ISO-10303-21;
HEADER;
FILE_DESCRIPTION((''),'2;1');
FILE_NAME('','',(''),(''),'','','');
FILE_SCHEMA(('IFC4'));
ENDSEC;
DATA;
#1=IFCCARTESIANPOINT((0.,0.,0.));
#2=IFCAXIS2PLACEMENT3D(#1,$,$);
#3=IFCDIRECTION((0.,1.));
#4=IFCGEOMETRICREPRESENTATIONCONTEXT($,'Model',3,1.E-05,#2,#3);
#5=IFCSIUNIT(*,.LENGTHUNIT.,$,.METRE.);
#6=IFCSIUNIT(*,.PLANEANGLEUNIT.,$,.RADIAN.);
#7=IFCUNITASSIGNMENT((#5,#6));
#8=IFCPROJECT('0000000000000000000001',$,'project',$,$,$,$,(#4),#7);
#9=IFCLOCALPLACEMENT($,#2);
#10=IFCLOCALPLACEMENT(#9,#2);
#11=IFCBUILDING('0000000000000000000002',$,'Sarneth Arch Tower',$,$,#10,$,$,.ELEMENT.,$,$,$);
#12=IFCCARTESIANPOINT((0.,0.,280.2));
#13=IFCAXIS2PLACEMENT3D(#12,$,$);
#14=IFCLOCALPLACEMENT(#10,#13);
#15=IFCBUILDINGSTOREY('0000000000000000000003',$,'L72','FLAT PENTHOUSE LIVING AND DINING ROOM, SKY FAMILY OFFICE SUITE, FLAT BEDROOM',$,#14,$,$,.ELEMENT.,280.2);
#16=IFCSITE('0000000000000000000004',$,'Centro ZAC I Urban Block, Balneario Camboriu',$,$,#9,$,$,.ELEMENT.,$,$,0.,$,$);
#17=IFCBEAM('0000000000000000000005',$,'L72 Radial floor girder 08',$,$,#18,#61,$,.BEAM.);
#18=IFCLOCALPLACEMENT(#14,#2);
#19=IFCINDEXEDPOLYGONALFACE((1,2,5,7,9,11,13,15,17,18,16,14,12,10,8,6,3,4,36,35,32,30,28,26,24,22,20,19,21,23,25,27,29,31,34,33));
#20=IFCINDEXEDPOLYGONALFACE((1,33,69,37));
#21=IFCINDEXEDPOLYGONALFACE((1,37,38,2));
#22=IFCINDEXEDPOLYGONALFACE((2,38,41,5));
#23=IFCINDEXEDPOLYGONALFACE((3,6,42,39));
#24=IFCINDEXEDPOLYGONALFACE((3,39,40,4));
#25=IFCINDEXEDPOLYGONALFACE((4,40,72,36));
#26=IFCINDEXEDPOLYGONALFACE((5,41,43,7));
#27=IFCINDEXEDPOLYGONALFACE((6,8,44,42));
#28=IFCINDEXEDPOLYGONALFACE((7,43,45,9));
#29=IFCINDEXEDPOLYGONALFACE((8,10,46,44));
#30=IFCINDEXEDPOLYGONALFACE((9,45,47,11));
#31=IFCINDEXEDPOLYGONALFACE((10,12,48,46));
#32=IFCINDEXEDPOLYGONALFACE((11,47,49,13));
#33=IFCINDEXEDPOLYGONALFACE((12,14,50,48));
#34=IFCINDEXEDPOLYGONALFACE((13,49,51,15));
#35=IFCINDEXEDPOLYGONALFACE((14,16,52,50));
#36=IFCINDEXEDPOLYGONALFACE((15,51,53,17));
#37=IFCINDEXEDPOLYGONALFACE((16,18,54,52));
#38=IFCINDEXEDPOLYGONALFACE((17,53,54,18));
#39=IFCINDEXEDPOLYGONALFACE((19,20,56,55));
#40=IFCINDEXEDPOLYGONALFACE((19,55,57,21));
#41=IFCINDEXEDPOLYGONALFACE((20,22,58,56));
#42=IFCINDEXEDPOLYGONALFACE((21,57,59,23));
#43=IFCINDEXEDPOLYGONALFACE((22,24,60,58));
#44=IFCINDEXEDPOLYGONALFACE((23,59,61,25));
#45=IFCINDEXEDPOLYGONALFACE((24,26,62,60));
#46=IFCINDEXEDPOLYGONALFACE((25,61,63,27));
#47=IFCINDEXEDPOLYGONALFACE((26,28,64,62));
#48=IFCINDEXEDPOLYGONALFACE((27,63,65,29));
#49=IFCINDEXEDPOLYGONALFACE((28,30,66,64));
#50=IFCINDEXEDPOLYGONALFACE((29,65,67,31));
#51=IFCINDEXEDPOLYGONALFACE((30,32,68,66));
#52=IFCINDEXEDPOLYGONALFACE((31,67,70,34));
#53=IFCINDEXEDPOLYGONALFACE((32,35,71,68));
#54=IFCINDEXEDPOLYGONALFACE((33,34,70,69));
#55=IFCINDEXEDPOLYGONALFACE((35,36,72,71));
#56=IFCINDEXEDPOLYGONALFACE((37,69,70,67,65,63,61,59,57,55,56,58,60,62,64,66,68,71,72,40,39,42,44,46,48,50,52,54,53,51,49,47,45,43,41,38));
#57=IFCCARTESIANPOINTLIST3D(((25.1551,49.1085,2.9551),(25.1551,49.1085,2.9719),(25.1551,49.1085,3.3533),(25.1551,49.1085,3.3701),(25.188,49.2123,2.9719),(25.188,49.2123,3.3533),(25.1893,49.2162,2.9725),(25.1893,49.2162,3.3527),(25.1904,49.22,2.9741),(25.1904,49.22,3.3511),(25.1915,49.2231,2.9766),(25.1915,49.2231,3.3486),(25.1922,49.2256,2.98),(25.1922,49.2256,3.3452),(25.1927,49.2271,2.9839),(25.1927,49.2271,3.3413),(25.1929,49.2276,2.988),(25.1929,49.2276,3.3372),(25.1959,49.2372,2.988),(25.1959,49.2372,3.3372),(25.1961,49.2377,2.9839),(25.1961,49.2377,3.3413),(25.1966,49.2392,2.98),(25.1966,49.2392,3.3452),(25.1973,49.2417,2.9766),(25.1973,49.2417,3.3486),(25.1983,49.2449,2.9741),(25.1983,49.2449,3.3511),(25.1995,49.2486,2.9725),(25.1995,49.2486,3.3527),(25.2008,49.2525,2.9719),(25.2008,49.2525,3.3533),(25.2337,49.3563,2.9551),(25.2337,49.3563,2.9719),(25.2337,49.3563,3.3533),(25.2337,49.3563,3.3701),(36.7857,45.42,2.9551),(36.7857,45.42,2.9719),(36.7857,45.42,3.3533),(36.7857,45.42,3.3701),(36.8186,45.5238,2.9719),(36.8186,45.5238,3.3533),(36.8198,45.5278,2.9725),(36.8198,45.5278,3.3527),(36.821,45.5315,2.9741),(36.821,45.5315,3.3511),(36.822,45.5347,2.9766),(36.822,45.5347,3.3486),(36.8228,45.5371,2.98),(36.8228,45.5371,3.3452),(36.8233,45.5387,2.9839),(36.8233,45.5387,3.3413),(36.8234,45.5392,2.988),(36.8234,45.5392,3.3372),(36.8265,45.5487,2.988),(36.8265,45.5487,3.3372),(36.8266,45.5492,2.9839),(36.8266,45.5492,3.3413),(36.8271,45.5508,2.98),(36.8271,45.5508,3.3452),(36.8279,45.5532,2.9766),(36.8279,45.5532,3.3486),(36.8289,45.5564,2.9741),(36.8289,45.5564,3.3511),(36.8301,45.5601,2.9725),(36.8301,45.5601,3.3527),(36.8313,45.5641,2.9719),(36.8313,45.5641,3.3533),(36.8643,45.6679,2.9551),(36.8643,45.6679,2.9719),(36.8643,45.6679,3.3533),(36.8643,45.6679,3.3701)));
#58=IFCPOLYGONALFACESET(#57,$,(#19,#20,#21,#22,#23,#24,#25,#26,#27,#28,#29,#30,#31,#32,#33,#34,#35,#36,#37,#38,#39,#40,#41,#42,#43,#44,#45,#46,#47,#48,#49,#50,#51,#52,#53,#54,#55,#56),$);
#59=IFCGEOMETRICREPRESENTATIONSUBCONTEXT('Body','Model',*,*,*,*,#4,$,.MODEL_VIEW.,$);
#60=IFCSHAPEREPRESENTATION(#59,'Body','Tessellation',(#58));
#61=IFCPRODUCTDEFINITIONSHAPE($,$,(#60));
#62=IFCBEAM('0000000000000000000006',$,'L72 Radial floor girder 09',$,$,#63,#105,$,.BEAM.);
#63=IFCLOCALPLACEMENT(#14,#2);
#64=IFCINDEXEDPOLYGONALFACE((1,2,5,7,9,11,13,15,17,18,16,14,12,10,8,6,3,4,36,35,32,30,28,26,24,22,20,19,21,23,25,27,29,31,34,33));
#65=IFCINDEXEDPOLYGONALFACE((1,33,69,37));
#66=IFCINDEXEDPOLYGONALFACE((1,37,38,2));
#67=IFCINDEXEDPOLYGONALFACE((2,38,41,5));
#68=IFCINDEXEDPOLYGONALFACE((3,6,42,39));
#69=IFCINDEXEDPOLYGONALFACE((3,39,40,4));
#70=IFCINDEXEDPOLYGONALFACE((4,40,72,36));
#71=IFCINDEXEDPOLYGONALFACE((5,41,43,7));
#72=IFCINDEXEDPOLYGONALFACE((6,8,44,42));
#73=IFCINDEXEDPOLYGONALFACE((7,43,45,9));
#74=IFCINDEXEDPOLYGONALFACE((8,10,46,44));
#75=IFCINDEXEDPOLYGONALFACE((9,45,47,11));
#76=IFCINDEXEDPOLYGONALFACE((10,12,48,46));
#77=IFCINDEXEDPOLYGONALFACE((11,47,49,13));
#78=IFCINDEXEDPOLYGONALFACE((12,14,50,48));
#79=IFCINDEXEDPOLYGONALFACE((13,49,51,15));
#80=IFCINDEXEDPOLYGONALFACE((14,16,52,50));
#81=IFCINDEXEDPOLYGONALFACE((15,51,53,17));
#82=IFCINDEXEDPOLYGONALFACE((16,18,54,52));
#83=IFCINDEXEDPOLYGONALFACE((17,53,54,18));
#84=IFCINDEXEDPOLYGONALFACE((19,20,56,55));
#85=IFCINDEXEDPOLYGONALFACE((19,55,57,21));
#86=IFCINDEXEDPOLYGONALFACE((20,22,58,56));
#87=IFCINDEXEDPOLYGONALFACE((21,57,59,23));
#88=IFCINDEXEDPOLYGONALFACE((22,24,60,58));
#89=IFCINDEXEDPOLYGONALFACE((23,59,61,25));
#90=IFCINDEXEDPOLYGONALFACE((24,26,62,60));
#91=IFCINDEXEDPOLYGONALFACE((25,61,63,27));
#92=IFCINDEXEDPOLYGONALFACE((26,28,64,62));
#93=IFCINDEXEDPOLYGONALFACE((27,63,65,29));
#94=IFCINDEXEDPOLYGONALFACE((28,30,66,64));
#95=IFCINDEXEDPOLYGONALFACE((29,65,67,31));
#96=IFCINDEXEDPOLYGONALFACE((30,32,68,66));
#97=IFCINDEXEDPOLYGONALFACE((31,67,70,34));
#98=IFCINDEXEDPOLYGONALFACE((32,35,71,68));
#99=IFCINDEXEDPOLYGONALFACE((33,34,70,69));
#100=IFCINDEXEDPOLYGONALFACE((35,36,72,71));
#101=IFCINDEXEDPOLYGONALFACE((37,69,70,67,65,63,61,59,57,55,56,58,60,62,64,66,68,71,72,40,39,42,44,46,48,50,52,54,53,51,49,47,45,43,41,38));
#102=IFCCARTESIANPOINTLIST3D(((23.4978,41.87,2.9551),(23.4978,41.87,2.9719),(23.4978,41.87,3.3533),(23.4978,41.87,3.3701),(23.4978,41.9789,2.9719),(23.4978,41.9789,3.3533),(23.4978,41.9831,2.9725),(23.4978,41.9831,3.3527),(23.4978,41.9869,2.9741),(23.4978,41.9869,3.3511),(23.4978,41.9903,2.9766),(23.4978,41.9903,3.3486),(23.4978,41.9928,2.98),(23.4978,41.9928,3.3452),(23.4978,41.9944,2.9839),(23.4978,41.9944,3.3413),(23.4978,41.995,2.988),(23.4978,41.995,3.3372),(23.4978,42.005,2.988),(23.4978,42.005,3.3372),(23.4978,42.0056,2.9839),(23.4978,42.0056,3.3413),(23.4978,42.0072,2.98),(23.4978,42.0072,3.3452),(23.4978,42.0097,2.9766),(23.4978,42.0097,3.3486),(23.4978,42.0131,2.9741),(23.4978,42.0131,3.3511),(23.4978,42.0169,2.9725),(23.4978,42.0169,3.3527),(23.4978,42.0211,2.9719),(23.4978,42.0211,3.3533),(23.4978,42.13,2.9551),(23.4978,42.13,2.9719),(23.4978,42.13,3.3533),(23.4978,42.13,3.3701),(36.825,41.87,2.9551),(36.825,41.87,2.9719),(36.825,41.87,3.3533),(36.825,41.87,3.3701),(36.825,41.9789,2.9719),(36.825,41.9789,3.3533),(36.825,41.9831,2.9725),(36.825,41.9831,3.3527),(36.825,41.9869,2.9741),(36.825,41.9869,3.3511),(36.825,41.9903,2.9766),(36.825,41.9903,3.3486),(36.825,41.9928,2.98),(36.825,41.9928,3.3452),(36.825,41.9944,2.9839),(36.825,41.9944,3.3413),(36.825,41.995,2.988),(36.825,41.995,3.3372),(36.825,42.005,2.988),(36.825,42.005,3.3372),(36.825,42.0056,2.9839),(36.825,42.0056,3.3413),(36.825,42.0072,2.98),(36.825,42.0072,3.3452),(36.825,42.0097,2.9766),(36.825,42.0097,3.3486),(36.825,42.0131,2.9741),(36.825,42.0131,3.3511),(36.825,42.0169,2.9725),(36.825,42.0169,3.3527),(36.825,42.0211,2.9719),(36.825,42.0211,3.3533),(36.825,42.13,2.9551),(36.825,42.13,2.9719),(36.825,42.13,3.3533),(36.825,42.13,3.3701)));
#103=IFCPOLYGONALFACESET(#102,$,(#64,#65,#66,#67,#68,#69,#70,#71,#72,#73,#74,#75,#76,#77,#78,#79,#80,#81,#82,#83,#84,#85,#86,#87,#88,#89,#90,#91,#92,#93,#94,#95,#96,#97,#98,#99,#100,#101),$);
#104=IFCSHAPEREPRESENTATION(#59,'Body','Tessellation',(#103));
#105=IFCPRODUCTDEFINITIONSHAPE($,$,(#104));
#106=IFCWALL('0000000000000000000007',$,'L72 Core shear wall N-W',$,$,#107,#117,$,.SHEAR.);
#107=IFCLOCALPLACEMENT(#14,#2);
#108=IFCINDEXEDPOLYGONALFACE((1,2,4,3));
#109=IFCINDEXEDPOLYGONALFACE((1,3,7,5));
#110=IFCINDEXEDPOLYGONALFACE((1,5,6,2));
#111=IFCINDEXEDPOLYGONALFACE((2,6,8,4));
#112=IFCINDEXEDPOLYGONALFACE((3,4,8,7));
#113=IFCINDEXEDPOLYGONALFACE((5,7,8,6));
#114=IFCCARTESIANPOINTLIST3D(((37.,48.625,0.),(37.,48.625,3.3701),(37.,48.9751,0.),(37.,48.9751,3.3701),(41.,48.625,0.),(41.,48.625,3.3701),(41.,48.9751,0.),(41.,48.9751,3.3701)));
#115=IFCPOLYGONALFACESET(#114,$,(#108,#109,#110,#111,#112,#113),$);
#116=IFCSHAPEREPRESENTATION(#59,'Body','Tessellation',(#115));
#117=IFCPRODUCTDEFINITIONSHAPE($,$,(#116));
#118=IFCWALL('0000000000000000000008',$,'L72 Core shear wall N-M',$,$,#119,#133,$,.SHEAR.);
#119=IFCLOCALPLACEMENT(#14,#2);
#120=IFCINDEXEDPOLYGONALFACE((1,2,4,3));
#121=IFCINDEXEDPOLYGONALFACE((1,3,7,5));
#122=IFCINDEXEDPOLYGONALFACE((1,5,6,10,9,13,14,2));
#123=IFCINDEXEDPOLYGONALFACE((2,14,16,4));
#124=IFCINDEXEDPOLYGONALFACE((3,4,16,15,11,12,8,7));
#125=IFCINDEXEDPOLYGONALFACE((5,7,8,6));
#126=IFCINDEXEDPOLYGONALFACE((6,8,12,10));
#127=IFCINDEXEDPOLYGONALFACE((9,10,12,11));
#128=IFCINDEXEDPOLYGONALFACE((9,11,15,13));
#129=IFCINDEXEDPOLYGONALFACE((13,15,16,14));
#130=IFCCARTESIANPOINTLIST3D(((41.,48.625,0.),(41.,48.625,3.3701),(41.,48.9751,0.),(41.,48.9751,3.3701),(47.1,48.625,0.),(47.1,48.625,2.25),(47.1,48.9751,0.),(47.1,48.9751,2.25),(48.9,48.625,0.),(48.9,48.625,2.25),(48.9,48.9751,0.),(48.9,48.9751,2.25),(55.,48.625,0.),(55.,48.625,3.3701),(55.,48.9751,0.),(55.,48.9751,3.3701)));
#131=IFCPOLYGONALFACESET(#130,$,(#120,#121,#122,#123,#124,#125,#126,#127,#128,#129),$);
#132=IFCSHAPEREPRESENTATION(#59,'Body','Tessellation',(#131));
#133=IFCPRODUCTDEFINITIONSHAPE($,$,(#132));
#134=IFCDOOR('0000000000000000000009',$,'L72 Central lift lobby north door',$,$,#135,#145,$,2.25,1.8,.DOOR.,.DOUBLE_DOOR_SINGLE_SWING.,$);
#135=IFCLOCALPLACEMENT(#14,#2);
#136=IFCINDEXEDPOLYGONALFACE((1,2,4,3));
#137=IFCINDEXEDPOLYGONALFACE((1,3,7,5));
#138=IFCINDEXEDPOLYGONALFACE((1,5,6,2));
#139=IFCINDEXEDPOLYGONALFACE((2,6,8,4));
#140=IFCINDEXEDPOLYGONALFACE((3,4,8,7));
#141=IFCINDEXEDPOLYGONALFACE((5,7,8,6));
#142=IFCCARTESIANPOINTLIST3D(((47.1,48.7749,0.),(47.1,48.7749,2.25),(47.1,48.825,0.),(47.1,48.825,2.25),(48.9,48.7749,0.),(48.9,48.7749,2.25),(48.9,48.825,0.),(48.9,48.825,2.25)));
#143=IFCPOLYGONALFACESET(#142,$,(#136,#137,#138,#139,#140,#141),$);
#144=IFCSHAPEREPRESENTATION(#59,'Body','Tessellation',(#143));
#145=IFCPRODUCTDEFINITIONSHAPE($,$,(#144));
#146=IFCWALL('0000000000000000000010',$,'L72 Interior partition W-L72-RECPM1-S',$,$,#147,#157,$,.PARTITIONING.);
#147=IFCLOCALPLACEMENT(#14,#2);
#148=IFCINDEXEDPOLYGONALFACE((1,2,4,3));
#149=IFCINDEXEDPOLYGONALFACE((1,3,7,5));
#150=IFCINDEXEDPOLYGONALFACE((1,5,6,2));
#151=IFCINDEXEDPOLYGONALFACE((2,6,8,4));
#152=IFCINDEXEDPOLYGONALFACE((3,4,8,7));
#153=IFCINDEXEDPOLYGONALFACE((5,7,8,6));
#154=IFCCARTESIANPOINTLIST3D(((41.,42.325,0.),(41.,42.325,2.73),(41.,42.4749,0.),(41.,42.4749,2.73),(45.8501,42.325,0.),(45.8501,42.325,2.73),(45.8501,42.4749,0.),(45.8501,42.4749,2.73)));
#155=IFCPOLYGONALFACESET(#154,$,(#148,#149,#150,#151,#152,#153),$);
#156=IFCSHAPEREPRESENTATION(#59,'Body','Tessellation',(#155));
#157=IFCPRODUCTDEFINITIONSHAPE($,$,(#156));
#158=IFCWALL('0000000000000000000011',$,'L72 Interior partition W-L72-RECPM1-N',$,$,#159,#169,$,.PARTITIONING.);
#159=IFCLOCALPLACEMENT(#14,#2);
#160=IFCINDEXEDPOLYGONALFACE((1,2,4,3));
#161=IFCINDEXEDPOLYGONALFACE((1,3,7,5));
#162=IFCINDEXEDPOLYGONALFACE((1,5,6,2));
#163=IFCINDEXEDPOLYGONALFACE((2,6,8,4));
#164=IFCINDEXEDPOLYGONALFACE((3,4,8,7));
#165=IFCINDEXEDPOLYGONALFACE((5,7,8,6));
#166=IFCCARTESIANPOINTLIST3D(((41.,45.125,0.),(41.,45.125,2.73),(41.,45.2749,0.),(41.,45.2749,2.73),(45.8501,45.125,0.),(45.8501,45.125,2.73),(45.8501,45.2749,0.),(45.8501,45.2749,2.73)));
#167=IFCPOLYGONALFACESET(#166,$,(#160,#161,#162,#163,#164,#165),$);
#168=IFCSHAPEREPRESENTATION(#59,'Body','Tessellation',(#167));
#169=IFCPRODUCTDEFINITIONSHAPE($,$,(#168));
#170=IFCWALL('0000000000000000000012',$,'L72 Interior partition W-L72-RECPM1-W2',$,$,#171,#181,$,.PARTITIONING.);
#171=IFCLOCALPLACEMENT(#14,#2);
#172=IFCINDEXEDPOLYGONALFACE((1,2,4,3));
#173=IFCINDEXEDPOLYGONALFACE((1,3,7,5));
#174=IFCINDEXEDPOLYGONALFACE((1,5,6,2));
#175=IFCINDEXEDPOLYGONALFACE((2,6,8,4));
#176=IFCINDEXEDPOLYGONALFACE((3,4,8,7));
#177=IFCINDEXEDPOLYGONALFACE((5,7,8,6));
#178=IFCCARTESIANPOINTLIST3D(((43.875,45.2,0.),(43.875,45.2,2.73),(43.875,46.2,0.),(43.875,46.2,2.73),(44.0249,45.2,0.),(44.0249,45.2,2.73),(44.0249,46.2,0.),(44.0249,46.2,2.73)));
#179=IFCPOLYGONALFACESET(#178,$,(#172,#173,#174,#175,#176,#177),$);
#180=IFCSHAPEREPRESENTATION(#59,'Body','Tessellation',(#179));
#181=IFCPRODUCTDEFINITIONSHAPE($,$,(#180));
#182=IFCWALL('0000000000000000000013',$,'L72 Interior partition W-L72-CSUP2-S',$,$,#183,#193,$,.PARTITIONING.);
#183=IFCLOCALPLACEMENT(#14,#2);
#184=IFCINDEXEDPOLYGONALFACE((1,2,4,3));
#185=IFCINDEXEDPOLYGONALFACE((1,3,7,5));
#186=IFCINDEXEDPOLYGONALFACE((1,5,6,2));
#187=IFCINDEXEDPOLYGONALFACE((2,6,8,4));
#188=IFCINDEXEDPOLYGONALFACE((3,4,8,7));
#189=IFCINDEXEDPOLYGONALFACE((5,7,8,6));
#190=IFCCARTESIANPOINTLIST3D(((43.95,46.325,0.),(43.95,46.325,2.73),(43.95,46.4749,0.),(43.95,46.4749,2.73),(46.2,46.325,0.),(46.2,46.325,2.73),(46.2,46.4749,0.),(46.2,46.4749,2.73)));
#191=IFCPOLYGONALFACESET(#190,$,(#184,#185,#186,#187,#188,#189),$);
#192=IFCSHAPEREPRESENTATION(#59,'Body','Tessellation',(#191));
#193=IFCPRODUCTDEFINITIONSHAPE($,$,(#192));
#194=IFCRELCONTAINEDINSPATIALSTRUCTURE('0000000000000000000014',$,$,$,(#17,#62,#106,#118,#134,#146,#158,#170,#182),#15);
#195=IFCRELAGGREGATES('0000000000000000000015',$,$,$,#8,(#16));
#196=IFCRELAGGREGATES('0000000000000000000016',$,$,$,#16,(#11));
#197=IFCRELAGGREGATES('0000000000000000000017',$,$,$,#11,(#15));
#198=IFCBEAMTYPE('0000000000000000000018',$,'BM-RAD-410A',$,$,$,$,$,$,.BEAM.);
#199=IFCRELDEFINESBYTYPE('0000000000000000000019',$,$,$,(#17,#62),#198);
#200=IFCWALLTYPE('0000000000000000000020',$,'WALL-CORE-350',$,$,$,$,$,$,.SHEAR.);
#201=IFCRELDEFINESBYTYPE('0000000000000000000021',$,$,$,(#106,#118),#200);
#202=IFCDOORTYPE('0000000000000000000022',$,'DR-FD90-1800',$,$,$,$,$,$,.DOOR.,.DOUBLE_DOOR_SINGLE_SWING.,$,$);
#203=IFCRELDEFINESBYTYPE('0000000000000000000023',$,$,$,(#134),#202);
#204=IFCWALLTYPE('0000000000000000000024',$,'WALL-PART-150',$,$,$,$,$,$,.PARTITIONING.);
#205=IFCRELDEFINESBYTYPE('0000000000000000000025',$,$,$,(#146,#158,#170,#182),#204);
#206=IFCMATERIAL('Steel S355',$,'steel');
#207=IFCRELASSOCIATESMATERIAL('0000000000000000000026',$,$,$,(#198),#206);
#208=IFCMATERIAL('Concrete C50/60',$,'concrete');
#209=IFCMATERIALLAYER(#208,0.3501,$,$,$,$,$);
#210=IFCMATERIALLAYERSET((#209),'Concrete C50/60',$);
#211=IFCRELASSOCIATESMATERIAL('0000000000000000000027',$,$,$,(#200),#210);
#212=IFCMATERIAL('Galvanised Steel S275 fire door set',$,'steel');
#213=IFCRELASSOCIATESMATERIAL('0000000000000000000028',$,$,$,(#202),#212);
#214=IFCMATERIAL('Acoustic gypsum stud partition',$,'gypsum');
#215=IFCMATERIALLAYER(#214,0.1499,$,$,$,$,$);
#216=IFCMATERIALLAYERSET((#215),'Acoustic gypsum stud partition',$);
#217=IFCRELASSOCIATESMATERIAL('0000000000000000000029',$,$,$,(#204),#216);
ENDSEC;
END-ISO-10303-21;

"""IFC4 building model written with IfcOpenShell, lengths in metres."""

from ifc_helpers import new_model, si_unit, direction, frame, frame_2d, origin, origin_2d, place, context, subcontext, project, spatial, rectangle, i_section, extrude, material, layer, layer_set, material_profile, profile_set, type_object, element, fill, save


model = new_model("IFC4")

# Units and contexts
model_context = context("Model", 3, precision=1e-05, world=origin(), true_north=direction((0.0, 1.0)))
body_context = subcontext(model_context, "Body", "Model", "MODEL_VIEW")
ifc_project = project(units=[si_unit("LENGTHUNIT", "METRE"), si_unit("PLANEANGLEUNIT", "RADIAN")], contexts=[model_context])

# Site, building, storey
site_placement = place(None, origin())
site = spatial("IfcSite", under=ifc_project, at=site_placement, Name="Centro ZAC I Urban Block, Balneario Camboriu", CompositionType="ELEMENT", RefElevation=0.0)
building_placement = place(site_placement, origin())
building = spatial("IfcBuilding", under=site, at=building_placement, Name="Sarneth Arch Tower", CompositionType="ELEMENT")
storey_placement = place(building_placement, frame((0.0, 0.0, 280.2)))
storey = spatial("IfcBuildingStorey", under=building, at=storey_placement, Name="L72", Description="FLAT PENTHOUSE LIVING AND DINING ROOM, SKY FAMILY OFFICE SUITE, FLAT BEDROOM", CompositionType="ELEMENT", Elevation=280.2)

# Beams
ifc_material_1 = material(Name="Steel S355", Category="steel")
ifc_material_profile_1 = material_profile(ifc_material_1, i_section(OverallWidth=0.26, OverallDepth=0.415, WebThickness=0.01, FlangeThickness=0.0168, FilletRadius=0.0161, at=origin_2d()), Name="W410x100")
ifc_profile_set_1 = profile_set([ifc_material_profile_1], Name="Steel S355")
beam_type_1 = type_object("IfcBeamType", Name="BM-RAD-410A", PredefinedType="BEAM", material=ifc_profile_set_1)
beam_1_placement = place(storey_placement, frame((36.825, 45.5439, 3.1626), z_axis=(-0.953214, 0.302298, 0.0), x_axis=(-0.302298, -0.953214, 0.0)))
element("IfcBeam", 1, at=beam_1_placement, inside=storey, type_object=beam_type_1, Name="L72 Radial floor girder 08", PredefinedType="BEAM", context=body_context, shape_type="SweptSolid", body=[
    extrude(i_section(OverallWidth=0.26, OverallDepth=0.415, WebThickness=0.01, FlangeThickness=0.0168, FilletRadius=0.0161, at=origin_2d()), origin(), (0.0, 0.0, 1.0), 12.2014),
])
beam_2_placement = place(storey_placement, frame((36.825, 42.0, 3.1626), z_axis=(-1.0, 0.0, 0.0), x_axis=(0.0, -1.0, 0.0)))
element("IfcBeam", 2, at=beam_2_placement, inside=storey, type_object=beam_type_1, Name="L72 Radial floor girder 09", PredefinedType="BEAM", context=body_context, shape_type="SweptSolid", body=[
    extrude(i_section(OverallWidth=0.26, OverallDepth=0.415, WebThickness=0.01, FlangeThickness=0.0168, FilletRadius=0.0161, at=origin_2d()), origin(), (0.0, 0.0, 1.0), 13.3271),
])

# Wall
ifc_material_2 = material(Name="Concrete C50/60", Category="concrete")
ifc_layer_1 = layer(ifc_material_2, 0.3501)
ifc_layer_set_1 = layer_set([ifc_layer_1], Name="Concrete C50/60")
wall_type_1 = type_object("IfcWallType", Name="WALL-CORE-350", PredefinedType="SHEAR", material=ifc_layer_set_1)
wall_1_placement = place(storey_placement, frame((37.0, 48.8, 0.0), z_axis=(0.0, 0.0, 1.0), x_axis=(1.0, 0.0, 0.0)))
element("IfcWall", 3, at=wall_1_placement, inside=storey, type_object=wall_type_1, Name="L72 Core shear wall N-W", PredefinedType="SHEAR", context=body_context, shape_type="SweptSolid", body=[
    extrude(rectangle(XDim=4.0, YDim=0.3501, at=frame_2d((2.0, 0.0))), origin(), (0.0, 0.0, 1.0), 3.3701),
])

# Wall, opening, door
wall_2_placement = place(storey_placement, frame((41.0, 48.8, 0.0), z_axis=(0.0, 0.0, 1.0), x_axis=(1.0, 0.0, 0.0)))
wall_2 = element("IfcWall", 4, at=wall_2_placement, inside=storey, type_object=wall_type_1, Name="L72 Core shear wall N-M", PredefinedType="SHEAR", context=body_context, shape_type="SweptSolid", body=[
    extrude(rectangle(XDim=14.0, YDim=0.3501, at=frame_2d((7.0, 0.0))), origin(), (0.0, 0.0, 1.0), 3.3701),
])
opening_1_placement = place(wall_2_placement, frame((6.1001, 0.0, 0.0)))
opening_1 = element("IfcOpeningElement", 5, at=opening_1_placement, cuts=wall_2, PredefinedType="OPENING", context=body_context, shape_type="SweptSolid", body=[
    extrude(rectangle(XDim=1.8, YDim=2.25, at=frame_2d((0.8999, 1.125))), frame((0.0, 0.1851, 0.0), z_axis=(0.0, -1.0, 0.0), x_axis=(1.0, 0.0, 0.0)), (0.0, 0.0, 1.0), 0.3701),
])
ifc_material_3 = material(Name="Galvanised Steel S275 fire door set", Category="steel")
door_type_1 = type_object("IfcDoorType", Name="DR-FD90-1800", OperationType="DOUBLE_DOOR_SINGLE_SWING", PredefinedType="DOOR", material=ifc_material_3)
door_1_placement = place(opening_1_placement, origin())
door_1 = element("IfcDoor", 6, at=door_1_placement, inside=storey, type_object=door_type_1, Name="L72 Central lift lobby north door", OperationType="DOUBLE_DOOR_SINGLE_SWING", OverallHeight=2.25, OverallWidth=1.8, PredefinedType="DOOR", context=body_context, shape_type="SweptSolid", body=[
    extrude(rectangle(XDim=1.8, YDim=2.25, at=frame_2d((0.8999, 1.125))), frame((0.0, 0.0249, 0.0), z_axis=(0.0, -1.0, 0.0), x_axis=(1.0, 0.0, 0.0)), (0.0, 0.0, 1.0), 0.05),
])
fill(opening_1, door_1)

# Walls
ifc_material_4 = material(Name="Acoustic gypsum stud partition", Category="gypsum")
ifc_layer_2 = layer(ifc_material_4, 0.1499)
ifc_layer_set_2 = layer_set([ifc_layer_2], Name="Acoustic gypsum stud partition")
wall_type_2 = type_object("IfcWallType", Name="WALL-PART-150", PredefinedType="PARTITIONING", material=ifc_layer_set_2)
for number, where, z_axis, x_axis, name in (
    (7, (41.0, 42.3999, 0.0), (0.0, 0.0, 1.0), (1.0, 0.0, 0.0), "L72 Interior partition W-L72-RECPM1-S"),
    (8, (41.0, 45.2, 0.0), (0.0, 0.0, 1.0), (1.0, 0.0, 0.0), "L72 Interior partition W-L72-RECPM1-N"),
):
    element("IfcWall", number, at=place(storey_placement, frame(where, z_axis=z_axis, x_axis=x_axis)), inside=storey, type_object=wall_type_2, Name=name, PredefinedType="PARTITIONING", context=body_context, shape_type="SweptSolid", body=[
        extrude(rectangle(XDim=4.8501, YDim=0.1499, at=frame_2d((2.425, 0.0))), origin(), (0.0, 0.0, 1.0), 2.73),
    ])
wall_3_placement = place(storey_placement, frame((43.95, 45.2, 0.0), z_axis=(0.0, 0.0, 1.0), x_axis=(0.0, 1.0, 0.0)))
element("IfcWall", 9, at=wall_3_placement, inside=storey, type_object=wall_type_2, Name="L72 Interior partition W-L72-RECPM1-W2", PredefinedType="PARTITIONING", context=body_context, shape_type="SweptSolid", body=[
    extrude(rectangle(XDim=1.0, YDim=0.1499, at=frame_2d((0.5, 0.0))), origin(), (0.0, 0.0, 1.0), 2.73),
])

# Wall
wall_4_placement = place(storey_placement, frame((43.95, 46.3999, 0.0), z_axis=(0.0, 0.0, 1.0), x_axis=(1.0, 0.0, 0.0)))
element("IfcWall", 10, at=wall_4_placement, inside=storey, type_object=wall_type_2, Name="L72 Interior partition W-L72-CSUP2-S", PredefinedType="PARTITIONING", context=body_context, shape_type="SweptSolid", body=[
    extrude(rectangle(XDim=2.25, YDim=0.1499, at=frame_2d((1.125, 0.0))), origin(), (0.0, 0.0, 1.0), 2.73),
])

save(model, "model.ifc")
